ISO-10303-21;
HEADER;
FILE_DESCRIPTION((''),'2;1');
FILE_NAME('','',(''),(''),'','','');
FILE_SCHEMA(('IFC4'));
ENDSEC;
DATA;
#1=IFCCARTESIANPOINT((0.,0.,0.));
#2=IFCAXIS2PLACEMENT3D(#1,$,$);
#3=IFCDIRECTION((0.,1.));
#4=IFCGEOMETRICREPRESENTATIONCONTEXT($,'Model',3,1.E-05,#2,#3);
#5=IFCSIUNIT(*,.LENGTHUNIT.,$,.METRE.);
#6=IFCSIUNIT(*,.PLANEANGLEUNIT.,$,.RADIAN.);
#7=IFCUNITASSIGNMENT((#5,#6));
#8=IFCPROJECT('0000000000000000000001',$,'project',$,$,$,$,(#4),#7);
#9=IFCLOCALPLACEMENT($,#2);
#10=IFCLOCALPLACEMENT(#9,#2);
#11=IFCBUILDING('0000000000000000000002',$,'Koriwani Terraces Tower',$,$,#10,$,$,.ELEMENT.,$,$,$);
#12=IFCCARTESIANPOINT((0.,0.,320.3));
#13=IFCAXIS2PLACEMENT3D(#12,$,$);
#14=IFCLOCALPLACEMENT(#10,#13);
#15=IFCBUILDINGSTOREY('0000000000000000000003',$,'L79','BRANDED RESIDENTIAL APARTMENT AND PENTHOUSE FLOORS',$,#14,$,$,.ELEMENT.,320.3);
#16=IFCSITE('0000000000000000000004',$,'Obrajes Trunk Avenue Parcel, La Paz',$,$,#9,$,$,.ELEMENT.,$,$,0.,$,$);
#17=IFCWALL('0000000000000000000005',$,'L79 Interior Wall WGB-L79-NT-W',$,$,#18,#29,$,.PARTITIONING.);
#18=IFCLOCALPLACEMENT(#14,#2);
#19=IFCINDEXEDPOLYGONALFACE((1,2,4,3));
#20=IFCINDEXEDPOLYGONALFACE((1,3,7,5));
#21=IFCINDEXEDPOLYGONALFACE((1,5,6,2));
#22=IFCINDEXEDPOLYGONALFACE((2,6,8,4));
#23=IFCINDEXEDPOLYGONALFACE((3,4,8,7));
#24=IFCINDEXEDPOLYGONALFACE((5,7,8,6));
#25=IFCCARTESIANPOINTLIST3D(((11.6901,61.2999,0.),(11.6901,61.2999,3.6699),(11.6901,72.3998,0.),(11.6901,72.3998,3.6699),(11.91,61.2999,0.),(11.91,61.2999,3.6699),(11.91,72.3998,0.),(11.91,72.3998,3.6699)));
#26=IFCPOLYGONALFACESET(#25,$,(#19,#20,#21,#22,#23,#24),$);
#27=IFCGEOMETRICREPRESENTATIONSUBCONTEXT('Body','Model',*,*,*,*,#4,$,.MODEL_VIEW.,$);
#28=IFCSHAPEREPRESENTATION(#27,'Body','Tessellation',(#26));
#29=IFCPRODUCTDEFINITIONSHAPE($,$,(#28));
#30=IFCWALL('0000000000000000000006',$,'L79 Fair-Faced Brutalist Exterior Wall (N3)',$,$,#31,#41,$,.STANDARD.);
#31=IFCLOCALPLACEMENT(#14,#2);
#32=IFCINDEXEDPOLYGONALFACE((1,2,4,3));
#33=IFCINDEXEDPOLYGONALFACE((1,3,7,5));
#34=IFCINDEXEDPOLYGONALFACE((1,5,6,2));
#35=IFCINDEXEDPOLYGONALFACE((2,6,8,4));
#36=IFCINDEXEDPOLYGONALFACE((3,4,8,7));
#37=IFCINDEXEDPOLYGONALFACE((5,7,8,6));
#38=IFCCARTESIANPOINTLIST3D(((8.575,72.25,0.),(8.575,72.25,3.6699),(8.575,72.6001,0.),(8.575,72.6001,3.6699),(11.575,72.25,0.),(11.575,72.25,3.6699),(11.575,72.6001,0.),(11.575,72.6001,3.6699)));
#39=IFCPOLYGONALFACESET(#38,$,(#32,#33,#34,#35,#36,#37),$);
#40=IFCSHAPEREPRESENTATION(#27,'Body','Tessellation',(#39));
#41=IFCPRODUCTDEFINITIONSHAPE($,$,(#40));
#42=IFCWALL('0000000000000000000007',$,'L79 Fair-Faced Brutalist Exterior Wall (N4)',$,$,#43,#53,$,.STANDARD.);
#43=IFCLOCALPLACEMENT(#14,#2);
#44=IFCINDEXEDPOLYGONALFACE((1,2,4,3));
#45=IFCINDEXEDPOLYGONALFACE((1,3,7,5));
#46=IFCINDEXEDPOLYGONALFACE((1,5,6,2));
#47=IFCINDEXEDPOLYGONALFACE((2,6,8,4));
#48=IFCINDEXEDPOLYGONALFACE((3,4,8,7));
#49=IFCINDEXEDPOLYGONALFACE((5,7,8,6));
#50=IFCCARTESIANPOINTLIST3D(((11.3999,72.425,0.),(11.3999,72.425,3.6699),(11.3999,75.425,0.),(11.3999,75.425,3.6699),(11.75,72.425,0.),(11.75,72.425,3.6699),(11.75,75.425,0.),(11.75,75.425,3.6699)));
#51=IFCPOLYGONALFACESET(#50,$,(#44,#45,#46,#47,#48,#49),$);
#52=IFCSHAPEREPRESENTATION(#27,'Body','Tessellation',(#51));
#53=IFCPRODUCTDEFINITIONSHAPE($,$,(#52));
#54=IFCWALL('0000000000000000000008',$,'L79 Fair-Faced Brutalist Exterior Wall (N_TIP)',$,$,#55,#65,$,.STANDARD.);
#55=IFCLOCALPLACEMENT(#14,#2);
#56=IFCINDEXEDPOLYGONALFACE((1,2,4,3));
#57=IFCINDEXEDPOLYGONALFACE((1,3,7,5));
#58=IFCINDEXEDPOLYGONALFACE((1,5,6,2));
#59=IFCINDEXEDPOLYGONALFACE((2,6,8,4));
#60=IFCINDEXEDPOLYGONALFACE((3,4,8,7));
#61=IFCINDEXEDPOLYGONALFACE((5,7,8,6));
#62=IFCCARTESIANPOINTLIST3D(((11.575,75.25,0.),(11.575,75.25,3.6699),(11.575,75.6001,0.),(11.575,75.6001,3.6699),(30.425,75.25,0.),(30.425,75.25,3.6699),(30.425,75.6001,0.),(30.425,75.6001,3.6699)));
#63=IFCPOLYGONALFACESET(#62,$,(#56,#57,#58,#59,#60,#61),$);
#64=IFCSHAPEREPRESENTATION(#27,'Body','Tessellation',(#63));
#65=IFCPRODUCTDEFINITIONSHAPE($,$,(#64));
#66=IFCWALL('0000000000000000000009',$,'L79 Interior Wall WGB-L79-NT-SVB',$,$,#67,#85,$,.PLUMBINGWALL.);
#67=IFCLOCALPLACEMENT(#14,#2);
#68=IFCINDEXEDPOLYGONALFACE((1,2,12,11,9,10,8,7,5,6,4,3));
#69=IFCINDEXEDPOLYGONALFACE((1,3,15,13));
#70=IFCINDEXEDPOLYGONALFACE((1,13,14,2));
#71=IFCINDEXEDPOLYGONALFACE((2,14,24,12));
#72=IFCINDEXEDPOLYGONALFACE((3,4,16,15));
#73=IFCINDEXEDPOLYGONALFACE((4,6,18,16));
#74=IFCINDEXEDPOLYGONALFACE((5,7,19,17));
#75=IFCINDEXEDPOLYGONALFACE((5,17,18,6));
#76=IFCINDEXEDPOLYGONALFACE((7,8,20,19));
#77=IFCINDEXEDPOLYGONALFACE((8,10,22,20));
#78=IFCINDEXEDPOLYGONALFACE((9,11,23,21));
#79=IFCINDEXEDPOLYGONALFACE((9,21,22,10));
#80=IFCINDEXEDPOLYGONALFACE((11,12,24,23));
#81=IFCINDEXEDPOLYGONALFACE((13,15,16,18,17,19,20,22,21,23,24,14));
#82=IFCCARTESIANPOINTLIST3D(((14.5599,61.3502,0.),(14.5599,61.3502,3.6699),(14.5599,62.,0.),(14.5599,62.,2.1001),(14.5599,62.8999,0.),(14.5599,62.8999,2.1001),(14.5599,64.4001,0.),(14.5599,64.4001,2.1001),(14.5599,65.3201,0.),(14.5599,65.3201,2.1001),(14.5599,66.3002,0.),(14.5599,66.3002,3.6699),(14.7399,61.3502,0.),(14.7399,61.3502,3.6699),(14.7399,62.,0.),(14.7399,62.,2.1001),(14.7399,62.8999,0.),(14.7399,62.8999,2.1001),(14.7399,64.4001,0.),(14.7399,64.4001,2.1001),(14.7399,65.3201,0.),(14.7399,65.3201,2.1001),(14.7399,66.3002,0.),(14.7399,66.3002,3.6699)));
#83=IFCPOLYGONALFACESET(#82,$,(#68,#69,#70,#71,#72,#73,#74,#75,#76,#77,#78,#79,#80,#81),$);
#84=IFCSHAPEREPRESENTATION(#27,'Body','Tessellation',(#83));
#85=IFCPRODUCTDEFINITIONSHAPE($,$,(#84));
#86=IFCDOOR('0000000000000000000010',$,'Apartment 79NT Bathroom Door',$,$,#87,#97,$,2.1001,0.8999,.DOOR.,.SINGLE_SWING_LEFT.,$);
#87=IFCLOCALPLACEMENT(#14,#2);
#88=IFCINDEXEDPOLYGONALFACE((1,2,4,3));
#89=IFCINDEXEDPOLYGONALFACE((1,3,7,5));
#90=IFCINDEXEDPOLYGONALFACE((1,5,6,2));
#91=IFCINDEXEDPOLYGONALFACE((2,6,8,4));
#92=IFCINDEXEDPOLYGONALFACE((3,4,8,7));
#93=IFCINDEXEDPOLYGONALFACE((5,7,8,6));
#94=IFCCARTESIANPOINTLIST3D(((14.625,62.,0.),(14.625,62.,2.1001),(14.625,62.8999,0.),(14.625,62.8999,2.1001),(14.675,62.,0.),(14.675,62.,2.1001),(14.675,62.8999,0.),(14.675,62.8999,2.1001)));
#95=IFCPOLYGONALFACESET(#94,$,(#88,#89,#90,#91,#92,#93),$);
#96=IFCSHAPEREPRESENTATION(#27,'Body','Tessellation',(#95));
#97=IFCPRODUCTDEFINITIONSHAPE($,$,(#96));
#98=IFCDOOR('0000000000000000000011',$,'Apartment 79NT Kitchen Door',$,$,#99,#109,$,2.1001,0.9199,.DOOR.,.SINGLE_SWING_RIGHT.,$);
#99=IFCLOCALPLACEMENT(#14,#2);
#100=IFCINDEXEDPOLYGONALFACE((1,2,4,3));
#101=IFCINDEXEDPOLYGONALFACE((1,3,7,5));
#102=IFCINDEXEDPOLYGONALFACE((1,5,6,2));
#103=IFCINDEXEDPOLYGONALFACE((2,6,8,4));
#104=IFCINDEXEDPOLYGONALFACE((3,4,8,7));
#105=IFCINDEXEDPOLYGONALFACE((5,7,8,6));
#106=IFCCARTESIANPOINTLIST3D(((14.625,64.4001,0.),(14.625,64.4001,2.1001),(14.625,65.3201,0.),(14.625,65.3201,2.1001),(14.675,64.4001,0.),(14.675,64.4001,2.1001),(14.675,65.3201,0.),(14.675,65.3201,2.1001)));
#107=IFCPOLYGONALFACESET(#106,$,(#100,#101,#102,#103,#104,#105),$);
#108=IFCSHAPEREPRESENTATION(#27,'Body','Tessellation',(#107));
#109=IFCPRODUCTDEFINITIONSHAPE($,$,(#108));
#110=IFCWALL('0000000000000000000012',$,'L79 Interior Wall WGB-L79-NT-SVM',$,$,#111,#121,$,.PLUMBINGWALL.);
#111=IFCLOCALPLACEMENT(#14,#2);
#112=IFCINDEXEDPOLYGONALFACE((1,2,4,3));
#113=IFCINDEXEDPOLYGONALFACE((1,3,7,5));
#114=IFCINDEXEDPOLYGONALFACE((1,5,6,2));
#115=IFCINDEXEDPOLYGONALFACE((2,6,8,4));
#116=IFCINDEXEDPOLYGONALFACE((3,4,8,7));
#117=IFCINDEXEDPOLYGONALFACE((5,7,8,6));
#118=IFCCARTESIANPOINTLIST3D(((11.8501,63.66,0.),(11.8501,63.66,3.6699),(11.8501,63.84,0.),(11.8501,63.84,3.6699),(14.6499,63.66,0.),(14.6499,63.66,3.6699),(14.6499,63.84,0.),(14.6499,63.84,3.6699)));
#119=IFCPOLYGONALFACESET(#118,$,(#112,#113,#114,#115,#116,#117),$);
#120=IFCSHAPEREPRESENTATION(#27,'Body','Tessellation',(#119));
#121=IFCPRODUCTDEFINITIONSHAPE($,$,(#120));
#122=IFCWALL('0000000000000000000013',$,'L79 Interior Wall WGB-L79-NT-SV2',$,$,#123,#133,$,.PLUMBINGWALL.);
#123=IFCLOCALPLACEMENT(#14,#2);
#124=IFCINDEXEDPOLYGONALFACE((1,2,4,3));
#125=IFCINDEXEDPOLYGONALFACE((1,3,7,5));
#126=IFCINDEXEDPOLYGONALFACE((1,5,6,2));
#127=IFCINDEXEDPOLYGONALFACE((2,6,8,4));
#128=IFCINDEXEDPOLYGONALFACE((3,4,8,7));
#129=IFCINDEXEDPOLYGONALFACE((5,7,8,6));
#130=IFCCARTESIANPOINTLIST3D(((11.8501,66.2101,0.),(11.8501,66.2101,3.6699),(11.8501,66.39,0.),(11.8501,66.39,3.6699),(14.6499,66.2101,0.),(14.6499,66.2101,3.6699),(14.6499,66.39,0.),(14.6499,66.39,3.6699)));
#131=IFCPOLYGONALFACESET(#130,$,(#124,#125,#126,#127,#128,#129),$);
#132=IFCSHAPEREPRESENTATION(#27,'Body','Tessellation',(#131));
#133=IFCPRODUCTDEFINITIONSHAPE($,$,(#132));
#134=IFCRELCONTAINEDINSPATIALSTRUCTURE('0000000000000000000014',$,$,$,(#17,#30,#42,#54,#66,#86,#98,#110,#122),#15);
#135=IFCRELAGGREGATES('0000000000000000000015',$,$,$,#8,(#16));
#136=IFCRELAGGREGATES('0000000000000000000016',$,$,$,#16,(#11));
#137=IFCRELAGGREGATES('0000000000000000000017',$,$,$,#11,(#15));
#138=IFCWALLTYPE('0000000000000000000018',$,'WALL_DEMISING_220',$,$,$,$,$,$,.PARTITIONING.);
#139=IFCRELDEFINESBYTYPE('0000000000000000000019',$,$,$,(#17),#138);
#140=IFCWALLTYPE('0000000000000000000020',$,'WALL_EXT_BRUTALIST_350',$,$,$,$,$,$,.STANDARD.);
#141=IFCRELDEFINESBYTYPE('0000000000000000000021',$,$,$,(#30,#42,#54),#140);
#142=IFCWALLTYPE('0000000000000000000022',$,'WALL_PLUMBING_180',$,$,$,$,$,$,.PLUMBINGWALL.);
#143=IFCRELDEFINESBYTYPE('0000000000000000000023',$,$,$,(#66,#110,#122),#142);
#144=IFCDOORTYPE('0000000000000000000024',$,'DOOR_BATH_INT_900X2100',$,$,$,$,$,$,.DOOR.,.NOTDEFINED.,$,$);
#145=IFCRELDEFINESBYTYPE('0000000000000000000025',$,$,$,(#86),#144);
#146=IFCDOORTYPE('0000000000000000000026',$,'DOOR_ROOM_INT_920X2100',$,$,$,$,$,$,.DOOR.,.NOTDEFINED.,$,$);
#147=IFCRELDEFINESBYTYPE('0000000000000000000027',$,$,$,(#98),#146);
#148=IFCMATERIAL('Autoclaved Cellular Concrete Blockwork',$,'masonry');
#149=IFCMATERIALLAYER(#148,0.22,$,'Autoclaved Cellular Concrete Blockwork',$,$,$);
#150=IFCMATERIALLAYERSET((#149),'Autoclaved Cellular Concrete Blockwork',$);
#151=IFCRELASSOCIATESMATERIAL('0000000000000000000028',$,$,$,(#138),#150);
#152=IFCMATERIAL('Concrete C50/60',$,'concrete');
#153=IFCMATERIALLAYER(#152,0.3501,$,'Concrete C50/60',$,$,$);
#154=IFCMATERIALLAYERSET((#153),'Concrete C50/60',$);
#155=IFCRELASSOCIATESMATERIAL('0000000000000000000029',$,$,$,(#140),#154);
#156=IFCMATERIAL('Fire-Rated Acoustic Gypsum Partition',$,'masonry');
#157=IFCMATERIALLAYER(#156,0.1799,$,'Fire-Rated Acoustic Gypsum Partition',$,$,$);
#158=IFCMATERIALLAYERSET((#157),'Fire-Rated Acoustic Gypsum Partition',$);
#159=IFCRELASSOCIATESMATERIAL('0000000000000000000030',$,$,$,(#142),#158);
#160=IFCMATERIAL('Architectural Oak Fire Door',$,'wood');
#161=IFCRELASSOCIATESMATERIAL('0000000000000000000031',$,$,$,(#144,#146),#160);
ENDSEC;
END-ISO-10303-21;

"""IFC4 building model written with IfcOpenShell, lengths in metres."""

from ifc_helpers import new_model, si_unit, direction, frame, frame_2d, origin, place, context, subcontext, project, spatial, rectangle, extrude, material, layer, layer_set, type_object, element, fill, save


model = new_model("IFC4")

# Units and contexts
model_context = context("Model", 3, precision=1e-05, world=origin(), true_north=direction((0.0, 1.0)))
body_context = subcontext(model_context, "Body", "Model", "MODEL_VIEW")
ifc_project = project(units=[si_unit("LENGTHUNIT", "METRE"), si_unit("PLANEANGLEUNIT", "RADIAN")], contexts=[model_context])

# Site, building, storey
site_placement = place(None, origin())
site = spatial("IfcSite", under=ifc_project, at=site_placement, Name="Obrajes Trunk Avenue Parcel, La Paz", CompositionType="ELEMENT", RefElevation=0.0)
building_placement = place(site_placement, origin())
building = spatial("IfcBuilding", under=site, at=building_placement, Name="Koriwani Terraces Tower", CompositionType="ELEMENT")
storey_placement = place(building_placement, frame((0.0, 0.0, 320.3)))
storey = spatial("IfcBuildingStorey", under=building, at=storey_placement, Name="L79", Description="BRANDED RESIDENTIAL APARTMENT AND PENTHOUSE FLOORS", CompositionType="ELEMENT", Elevation=320.3)

# Shared definitions
ifc_material_1 = material(Name="Concrete C50/60", Category="concrete")

# Shared definitions
ifc_material_2 = material(Name="Autoclaved Cellular Concrete Blockwork", Category="masonry")
ifc_material_3 = material(Name="Architectural Oak Fire Door", Category="wood")

# Walls
ifc_layer_1 = layer(ifc_material_2, 0.22, Name="Autoclaved Cellular Concrete Blockwork")
ifc_layer_set_1 = layer_set([ifc_layer_1], Name="Autoclaved Cellular Concrete Blockwork")
wall_type_1 = type_object("IfcWallType", Name="WALL_DEMISING_220", PredefinedType="PARTITIONING", material=ifc_layer_set_1)
wall_1_placement = place(storey_placement, frame((11.8, 61.3, 0.0), z_axis=(0.0, 0.0, 1.0), x_axis=(0.0, 1.0, 0.0)))
element("IfcWall", 1, at=wall_1_placement, inside=storey, type_object=wall_type_1, Name="L79 Interior Wall WGB-L79-NT-W", PredefinedType="PARTITIONING", context=body_context, shape_type="SweptSolid", body=[
    extrude(rectangle(XDim=11.0999, YDim=0.22, at=frame_2d((5.5498, 0.0))), origin(), (0.0, 0.0, 1.0), 3.6699),
])
ifc_layer_2 = layer(ifc_material_1, 0.3501, Name="Concrete C50/60")
ifc_layer_set_2 = layer_set([ifc_layer_2], Name="Concrete C50/60")
wall_type_2 = type_object("IfcWallType", Name="WALL_EXT_BRUTALIST_350", PredefinedType="STANDARD", material=ifc_layer_set_2)
for number, where, z_axis, x_axis, name in (
    (2, (8.575, 72.425, 0.0), (0.0, 0.0, 1.0), (1.0, 0.0, 0.0), "L79 Fair-Faced Brutalist Exterior Wall (N3)"),
    (3, (11.575, 72.425, 0.0), (0.0, 0.0, 1.0), (0.0, 1.0, 0.0), "L79 Fair-Faced Brutalist Exterior Wall (N4)"),
):
    element("IfcWall", number, at=place(storey_placement, frame(where, z_axis=z_axis, x_axis=x_axis)), inside=storey, type_object=wall_type_2, Name=name, PredefinedType="STANDARD", context=body_context, shape_type="SweptSolid", body=[
        extrude(rectangle(XDim=3.0, YDim=0.3501, at=frame_2d((1.5, 0.0))), origin(), (0.0, 0.0, 1.0), 3.6699),
    ])
wall_2_placement = place(storey_placement, frame((11.575, 75.425, 0.0), z_axis=(0.0, 0.0, 1.0), x_axis=(1.0, 0.0, 0.0)))
element("IfcWall", 4, at=wall_2_placement, inside=storey, type_object=wall_type_2, Name="L79 Fair-Faced Brutalist Exterior Wall (N_TIP)", PredefinedType="STANDARD", context=body_context, shape_type="SweptSolid", body=[
    extrude(rectangle(XDim=18.8501, YDim=0.3501, at=frame_2d((9.425, 0.0))), origin(), (0.0, 0.0, 1.0), 3.6699),
])

# Wall, openings, doors
ifc_material_4 = material(Name="Fire-Rated Acoustic Gypsum Partition", Category="masonry")
ifc_layer_3 = layer(ifc_material_4, 0.1799, Name="Fire-Rated Acoustic Gypsum Partition")
ifc_layer_set_3 = layer_set([ifc_layer_3], Name="Fire-Rated Acoustic Gypsum Partition")
wall_type_3 = type_object("IfcWallType", Name="WALL_PLUMBING_180", PredefinedType="PLUMBINGWALL", material=ifc_layer_set_3)
wall_3_placement = place(storey_placement, frame((14.6499, 61.3501, 0.0), z_axis=(0.0, 0.0, 1.0), x_axis=(0.0, 1.0, 0.0)))
wall_3 = element("IfcWall", 5, at=wall_3_placement, inside=storey, type_object=wall_type_3, Name="L79 Interior Wall WGB-L79-NT-SVB", PredefinedType="PLUMBINGWALL", context=body_context, shape_type="SweptSolid", body=[
    extrude(rectangle(XDim=4.95, YDim=0.1799, at=frame_2d((2.4751, 0.0))), origin(), (0.0, 0.0, 1.0), 3.6699),
])
opening_1_placement = place(wall_3_placement, frame((0.6499, 0.0, 0.0)))
opening_1 = element("IfcOpeningElement", 6, at=opening_1_placement, cuts=wall_3, PredefinedType="OPENING", context=body_context, shape_type="SweptSolid", body=[
    extrude(rectangle(XDim=0.8999, YDim=2.1001, at=frame_2d((0.45, 1.05))), frame((0.0, 0.1001, 0.0), z_axis=(0.0, -1.0, 0.0), x_axis=(1.0, 0.0, 0.0)), (0.0, 0.0, 1.0), 0.2),
])
opening_2_placement = place(wall_3_placement, frame((3.05, 0.0, 0.0)))
opening_2 = element("IfcOpeningElement", 7, at=opening_2_placement, cuts=wall_3, PredefinedType="OPENING", context=body_context, shape_type="SweptSolid", body=[
    extrude(rectangle(XDim=0.9199, YDim=2.1001, at=frame_2d((0.46, 1.05))), frame((0.0, 0.1001, 0.0), z_axis=(0.0, -1.0, 0.0), x_axis=(1.0, 0.0, 0.0)), (0.0, 0.0, 1.0), 0.2),
])
door_type_1 = type_object("IfcDoorType", Name="DOOR_BATH_INT_900X2100", OperationType="NOTDEFINED", PredefinedType="DOOR", material=ifc_material_3)
door_1_placement = place(opening_1_placement, origin())
door_1 = element("IfcDoor", 8, at=door_1_placement, inside=storey, type_object=door_type_1, Name="Apartment 79NT Bathroom Door", OperationType="SINGLE_SWING_LEFT", OverallHeight=2.1001, OverallWidth=0.8999, PredefinedType="DOOR", context=body_context, shape_type="SweptSolid", body=[
    extrude(rectangle(XDim=0.8999, YDim=2.1001, at=frame_2d((0.45, 1.05))), frame((0.0, 0.0249, 0.0), z_axis=(0.0, -1.0, 0.0), x_axis=(1.0, 0.0, 0.0)), (0.0, 0.0, 1.0), 0.05),
])
fill(opening_1, door_1)
door_type_2 = type_object("IfcDoorType", Name="DOOR_ROOM_INT_920X2100", OperationType="NOTDEFINED", PredefinedType="DOOR", material=ifc_material_3)
door_2_placement = place(opening_2_placement, origin())
door_2 = element("IfcDoor", 9, at=door_2_placement, inside=storey, type_object=door_type_2, Name="Apartment 79NT Kitchen Door", OperationType="SINGLE_SWING_RIGHT", OverallHeight=2.1001, OverallWidth=0.9199, PredefinedType="DOOR", context=body_context, shape_type="SweptSolid", body=[
    extrude(rectangle(XDim=0.9199, YDim=2.1001, at=frame_2d((0.46, 1.05))), frame((0.0, 0.0249, 0.0), z_axis=(0.0, -1.0, 0.0), x_axis=(1.0, 0.0, 0.0)), (0.0, 0.0, 1.0), 0.05),
])
fill(opening_2, door_2)

# Walls
for number, where, z_axis, x_axis, name in (
    (10, (11.8501, 63.75, 0.0), (0.0, 0.0, 1.0), (1.0, 0.0, 0.0), "L79 Interior Wall WGB-L79-NT-SVM"),
    (11, (11.8501, 66.3, 0.0), (0.0, 0.0, 1.0), (1.0, 0.0, 0.0), "L79 Interior Wall WGB-L79-NT-SV2"),
):
    element("IfcWall", number, at=place(storey_placement, frame(where, z_axis=z_axis, x_axis=x_axis)), inside=storey, type_object=wall_type_3, Name=name, PredefinedType="PLUMBINGWALL", context=body_context, shape_type="SweptSolid", body=[
        extrude(rectangle(XDim=2.7998, YDim=0.1799, at=frame_2d((1.3999, 0.0))), origin(), (0.0, 0.0, 1.0), 3.6699),
    ])

save(model, "model.ifc")
